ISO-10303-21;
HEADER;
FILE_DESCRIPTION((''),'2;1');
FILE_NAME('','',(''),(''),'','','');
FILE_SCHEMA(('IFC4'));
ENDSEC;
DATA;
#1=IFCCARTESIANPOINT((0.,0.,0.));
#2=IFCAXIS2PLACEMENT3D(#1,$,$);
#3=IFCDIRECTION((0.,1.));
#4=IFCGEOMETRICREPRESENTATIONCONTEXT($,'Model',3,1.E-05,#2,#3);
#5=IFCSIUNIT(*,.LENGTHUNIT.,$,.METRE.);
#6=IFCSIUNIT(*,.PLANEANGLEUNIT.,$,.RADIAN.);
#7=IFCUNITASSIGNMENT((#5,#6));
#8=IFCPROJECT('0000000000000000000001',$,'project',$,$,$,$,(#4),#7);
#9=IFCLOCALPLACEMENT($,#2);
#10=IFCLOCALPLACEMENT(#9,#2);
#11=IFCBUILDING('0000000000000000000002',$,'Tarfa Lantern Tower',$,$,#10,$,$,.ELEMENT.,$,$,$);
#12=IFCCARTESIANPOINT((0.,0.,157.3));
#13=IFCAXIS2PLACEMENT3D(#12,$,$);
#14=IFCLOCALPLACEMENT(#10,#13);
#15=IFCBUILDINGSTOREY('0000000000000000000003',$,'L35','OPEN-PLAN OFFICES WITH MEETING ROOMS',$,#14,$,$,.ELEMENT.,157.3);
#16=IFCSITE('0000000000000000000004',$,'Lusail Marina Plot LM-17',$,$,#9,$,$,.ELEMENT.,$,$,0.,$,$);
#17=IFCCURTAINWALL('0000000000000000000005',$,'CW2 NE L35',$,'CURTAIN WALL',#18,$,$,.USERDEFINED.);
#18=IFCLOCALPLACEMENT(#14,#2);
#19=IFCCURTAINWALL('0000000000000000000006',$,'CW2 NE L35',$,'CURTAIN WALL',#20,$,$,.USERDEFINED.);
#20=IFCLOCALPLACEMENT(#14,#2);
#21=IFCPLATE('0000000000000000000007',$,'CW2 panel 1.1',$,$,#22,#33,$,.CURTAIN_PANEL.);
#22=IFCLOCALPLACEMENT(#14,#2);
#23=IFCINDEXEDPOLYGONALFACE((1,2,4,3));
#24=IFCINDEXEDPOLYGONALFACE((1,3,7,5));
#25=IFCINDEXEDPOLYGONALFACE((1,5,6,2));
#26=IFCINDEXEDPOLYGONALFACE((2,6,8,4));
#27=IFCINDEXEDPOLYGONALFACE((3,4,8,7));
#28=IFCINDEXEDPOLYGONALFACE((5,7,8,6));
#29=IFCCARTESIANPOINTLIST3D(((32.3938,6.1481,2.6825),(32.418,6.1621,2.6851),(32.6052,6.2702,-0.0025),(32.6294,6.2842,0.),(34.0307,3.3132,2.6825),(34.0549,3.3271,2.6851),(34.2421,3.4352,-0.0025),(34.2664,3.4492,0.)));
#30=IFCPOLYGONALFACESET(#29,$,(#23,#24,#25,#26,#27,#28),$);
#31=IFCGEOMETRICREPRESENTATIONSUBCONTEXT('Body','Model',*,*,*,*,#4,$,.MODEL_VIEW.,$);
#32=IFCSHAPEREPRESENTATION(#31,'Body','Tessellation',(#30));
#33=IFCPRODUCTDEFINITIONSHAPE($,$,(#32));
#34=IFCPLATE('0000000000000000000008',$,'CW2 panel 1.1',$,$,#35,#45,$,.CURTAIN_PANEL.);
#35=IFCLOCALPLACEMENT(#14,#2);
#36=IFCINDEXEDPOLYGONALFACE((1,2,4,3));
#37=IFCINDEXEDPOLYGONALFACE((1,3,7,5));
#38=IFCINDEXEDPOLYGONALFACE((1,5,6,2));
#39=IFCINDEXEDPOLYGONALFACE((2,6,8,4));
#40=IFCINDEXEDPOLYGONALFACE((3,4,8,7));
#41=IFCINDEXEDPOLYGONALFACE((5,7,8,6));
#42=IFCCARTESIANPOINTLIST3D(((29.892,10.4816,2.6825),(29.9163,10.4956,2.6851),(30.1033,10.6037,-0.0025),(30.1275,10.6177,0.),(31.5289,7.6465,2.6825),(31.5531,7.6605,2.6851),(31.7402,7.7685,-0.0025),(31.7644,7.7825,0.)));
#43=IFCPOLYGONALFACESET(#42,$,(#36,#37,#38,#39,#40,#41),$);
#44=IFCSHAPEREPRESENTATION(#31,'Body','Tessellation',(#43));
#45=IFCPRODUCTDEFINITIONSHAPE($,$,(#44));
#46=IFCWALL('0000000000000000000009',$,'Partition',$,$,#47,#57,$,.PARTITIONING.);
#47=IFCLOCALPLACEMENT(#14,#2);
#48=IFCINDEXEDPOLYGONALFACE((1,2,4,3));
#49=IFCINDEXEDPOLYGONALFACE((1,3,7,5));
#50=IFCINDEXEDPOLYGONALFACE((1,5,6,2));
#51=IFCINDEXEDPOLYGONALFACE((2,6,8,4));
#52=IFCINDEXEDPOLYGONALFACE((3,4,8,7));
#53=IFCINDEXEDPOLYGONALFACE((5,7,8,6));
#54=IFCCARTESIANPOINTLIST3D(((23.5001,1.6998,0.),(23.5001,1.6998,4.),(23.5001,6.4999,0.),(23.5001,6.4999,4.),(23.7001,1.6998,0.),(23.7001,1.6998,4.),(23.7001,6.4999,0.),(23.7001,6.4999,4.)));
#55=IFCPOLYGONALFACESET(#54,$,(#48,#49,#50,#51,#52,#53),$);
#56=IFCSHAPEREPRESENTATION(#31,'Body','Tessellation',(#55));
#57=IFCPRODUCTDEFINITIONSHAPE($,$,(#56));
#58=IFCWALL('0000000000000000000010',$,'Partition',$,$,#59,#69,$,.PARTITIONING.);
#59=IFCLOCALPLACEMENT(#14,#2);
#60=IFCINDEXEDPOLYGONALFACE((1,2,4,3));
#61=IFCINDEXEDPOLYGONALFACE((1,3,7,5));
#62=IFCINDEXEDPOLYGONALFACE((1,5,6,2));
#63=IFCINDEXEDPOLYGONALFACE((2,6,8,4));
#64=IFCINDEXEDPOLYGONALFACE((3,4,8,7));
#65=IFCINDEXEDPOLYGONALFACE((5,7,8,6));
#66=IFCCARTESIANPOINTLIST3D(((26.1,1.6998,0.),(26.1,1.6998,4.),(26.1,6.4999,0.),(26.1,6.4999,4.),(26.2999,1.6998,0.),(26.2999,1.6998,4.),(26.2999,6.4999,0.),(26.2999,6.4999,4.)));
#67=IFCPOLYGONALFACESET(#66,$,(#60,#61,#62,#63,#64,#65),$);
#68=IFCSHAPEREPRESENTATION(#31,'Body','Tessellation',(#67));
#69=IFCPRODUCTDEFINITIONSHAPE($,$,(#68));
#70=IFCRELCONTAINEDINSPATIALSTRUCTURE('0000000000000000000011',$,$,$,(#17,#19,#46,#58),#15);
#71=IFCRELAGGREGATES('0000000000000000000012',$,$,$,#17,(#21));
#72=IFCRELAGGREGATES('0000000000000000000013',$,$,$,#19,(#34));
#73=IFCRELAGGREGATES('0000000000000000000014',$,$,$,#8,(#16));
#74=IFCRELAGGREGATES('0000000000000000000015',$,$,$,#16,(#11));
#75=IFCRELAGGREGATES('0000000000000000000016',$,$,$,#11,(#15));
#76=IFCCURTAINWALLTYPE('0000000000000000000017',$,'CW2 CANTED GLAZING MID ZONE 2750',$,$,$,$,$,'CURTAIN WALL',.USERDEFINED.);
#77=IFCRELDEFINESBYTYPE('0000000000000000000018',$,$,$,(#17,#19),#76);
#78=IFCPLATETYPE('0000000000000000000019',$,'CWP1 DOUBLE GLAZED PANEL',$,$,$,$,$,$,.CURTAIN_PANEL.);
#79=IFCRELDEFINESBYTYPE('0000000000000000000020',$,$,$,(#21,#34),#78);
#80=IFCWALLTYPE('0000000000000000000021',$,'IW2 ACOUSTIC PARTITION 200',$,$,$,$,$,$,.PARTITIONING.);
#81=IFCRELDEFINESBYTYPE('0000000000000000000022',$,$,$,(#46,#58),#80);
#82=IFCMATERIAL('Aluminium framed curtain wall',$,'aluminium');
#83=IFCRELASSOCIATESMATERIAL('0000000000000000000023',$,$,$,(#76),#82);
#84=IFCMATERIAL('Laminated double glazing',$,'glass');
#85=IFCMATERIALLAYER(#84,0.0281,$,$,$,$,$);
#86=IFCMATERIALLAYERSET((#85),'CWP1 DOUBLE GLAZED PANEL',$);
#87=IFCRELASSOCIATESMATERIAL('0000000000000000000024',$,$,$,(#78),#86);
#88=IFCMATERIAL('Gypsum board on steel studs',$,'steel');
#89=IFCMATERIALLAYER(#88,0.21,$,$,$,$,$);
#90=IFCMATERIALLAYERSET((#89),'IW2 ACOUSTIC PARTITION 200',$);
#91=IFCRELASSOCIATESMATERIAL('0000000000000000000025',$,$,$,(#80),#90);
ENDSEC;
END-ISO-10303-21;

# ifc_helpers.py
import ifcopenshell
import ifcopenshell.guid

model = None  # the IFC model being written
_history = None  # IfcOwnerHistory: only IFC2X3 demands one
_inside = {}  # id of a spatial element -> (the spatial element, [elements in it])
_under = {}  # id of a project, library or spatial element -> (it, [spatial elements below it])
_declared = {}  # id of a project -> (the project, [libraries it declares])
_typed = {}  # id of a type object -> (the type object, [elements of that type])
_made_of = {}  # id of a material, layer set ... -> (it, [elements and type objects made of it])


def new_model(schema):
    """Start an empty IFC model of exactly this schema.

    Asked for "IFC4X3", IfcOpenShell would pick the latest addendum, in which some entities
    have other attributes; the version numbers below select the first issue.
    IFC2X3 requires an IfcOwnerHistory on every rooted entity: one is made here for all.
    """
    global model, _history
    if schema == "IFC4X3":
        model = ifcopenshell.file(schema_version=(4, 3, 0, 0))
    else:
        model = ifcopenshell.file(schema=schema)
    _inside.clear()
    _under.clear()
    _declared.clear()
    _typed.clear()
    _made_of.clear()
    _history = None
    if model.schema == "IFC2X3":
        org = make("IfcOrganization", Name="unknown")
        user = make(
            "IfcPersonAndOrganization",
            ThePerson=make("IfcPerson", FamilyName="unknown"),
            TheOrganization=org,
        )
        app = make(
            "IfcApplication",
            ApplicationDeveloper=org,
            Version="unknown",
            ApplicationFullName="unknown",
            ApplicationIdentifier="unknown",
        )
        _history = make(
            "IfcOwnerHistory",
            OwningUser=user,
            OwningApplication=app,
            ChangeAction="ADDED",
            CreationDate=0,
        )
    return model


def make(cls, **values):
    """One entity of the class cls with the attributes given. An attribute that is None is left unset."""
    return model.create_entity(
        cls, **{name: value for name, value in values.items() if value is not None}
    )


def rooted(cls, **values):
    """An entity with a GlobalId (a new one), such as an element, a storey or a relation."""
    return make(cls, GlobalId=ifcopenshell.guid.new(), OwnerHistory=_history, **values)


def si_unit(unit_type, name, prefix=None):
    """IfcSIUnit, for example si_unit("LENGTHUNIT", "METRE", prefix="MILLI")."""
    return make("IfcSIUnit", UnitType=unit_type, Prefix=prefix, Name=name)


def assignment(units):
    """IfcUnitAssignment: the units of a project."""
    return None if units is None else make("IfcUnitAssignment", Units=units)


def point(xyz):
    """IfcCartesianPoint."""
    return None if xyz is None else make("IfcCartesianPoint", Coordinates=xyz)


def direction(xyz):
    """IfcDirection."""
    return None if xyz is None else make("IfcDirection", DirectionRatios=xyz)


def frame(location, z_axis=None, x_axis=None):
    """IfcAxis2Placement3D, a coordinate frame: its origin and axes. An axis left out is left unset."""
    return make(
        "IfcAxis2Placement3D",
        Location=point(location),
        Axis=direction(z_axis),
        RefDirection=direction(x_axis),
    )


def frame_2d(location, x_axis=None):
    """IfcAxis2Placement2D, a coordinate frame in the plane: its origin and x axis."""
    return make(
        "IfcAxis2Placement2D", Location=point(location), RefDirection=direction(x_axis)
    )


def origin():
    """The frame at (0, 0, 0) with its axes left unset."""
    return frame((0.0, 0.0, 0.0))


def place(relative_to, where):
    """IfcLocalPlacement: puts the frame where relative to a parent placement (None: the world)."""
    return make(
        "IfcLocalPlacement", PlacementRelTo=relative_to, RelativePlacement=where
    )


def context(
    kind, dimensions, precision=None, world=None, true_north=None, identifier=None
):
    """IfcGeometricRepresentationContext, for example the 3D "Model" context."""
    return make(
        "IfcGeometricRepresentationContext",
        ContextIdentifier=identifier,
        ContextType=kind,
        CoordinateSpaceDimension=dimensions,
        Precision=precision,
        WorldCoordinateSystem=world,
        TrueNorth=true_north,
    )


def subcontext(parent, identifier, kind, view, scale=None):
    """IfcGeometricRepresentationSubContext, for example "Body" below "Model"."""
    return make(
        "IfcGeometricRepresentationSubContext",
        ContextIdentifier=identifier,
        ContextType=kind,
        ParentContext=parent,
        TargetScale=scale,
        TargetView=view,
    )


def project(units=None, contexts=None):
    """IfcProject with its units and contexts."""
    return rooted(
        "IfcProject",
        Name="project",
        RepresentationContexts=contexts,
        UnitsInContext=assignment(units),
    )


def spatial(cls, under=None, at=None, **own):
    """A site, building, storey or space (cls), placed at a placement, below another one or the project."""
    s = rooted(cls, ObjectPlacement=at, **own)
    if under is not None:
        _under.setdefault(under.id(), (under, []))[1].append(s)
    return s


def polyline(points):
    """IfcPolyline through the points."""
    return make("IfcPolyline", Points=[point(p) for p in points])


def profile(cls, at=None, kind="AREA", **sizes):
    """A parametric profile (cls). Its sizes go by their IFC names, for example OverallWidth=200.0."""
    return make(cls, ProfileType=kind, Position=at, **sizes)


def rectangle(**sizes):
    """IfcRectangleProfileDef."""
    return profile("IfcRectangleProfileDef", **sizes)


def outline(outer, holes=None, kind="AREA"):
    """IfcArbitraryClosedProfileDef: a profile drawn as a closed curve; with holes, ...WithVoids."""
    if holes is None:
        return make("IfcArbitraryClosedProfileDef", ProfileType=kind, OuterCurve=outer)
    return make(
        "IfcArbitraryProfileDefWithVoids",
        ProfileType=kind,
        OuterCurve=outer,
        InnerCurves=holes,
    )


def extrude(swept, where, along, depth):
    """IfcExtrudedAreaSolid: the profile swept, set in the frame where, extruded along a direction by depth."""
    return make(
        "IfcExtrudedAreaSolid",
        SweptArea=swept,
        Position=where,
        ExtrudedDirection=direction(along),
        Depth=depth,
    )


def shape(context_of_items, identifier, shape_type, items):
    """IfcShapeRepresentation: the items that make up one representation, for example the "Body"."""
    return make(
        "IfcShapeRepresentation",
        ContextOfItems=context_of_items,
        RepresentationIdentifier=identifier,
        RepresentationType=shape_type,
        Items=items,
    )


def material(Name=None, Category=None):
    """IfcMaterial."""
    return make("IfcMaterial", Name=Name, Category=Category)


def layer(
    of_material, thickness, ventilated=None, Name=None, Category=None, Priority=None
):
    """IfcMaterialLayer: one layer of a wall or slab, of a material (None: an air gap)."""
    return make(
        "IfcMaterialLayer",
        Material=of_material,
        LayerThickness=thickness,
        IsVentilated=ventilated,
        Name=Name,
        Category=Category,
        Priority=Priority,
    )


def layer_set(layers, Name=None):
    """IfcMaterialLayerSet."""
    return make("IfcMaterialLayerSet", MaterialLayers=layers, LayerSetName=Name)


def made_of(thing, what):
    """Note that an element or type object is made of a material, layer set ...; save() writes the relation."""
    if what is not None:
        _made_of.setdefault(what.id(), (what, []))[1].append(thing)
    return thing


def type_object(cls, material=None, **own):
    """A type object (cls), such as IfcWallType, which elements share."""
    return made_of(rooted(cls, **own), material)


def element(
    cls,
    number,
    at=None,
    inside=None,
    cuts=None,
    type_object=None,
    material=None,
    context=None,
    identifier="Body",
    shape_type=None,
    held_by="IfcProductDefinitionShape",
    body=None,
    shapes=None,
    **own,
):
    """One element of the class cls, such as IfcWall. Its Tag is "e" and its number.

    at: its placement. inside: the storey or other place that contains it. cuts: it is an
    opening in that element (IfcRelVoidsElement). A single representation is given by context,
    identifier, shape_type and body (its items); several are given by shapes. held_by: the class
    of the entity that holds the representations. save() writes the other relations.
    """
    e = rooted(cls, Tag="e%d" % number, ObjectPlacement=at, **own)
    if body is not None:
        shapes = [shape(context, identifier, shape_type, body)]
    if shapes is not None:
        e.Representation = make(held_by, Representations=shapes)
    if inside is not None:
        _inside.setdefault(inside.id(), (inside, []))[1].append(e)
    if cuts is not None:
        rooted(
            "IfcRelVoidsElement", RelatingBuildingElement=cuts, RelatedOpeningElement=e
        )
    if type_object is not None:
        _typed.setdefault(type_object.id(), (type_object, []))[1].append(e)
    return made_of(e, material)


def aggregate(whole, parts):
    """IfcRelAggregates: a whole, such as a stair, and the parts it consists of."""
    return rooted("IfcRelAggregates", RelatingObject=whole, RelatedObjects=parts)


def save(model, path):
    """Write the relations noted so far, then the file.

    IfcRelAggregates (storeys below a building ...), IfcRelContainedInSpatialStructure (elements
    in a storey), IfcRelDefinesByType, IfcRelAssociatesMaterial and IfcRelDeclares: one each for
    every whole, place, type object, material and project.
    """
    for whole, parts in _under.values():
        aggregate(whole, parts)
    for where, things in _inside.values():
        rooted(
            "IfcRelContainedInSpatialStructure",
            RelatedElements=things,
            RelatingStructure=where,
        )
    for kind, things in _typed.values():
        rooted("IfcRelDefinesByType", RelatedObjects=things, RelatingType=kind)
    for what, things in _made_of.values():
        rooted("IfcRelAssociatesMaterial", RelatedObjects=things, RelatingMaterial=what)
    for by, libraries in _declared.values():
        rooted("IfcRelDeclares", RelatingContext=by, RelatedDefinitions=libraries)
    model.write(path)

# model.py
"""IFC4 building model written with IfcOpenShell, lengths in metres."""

from ifc_helpers import new_model, si_unit, direction, frame, frame_2d, origin, place, context, subcontext, project, spatial, polyline, rectangle, outline, extrude, material, layer, layer_set, type_object, element, aggregate, save


model = new_model("IFC4")

# Units and contexts
model_context = context("Model", 3, precision=1e-05, world=origin(), true_north=direction((0.0, 1.0)))
body_context = subcontext(model_context, "Body", "Model", "MODEL_VIEW")
ifc_project = project(units=[si_unit("LENGTHUNIT", "METRE"), si_unit("PLANEANGLEUNIT", "RADIAN")], contexts=[model_context])

# Site, building, storey
site_placement = place(None, origin())
site = spatial("IfcSite", under=ifc_project, at=site_placement, Name="Lusail Marina Plot LM-17", CompositionType="ELEMENT", RefElevation=0.0)
building_placement = place(site_placement, origin())
building = spatial("IfcBuilding", under=site, at=building_placement, Name="Tarfa Lantern Tower", CompositionType="ELEMENT")
storey_placement = place(building_placement, frame((0.0, 0.0, 157.3)))
storey = spatial("IfcBuildingStorey", under=building, at=storey_placement, Name="L35", Description="OPEN-PLAN OFFICES WITH MEETING ROOMS", CompositionType="ELEMENT", Elevation=157.3)

# Curtain walls
ifc_material_1 = material(Name="Aluminium framed curtain wall", Category="aluminium")
curtain_wall_type_1 = type_object("IfcCurtainWallType", Name="CW2 CANTED GLAZING MID ZONE 2750", ElementType="CURTAIN WALL", PredefinedType="USERDEFINED", material=ifc_material_1)
curtain_wall_1_placement = place(storey_placement, origin())
curtain_wall_1 = element("IfcCurtainWall", 1, at=curtain_wall_1_placement, inside=storey, type_object=curtain_wall_type_1, Name="CW2 NE L35", ObjectType="CURTAIN WALL", PredefinedType="USERDEFINED")
curtain_wall_2_placement = place(storey_placement, origin())
curtain_wall_2 = element("IfcCurtainWall", 2, at=curtain_wall_2_placement, inside=storey, type_object=curtain_wall_type_1, Name="CW2 NE L35", ObjectType="CURTAIN WALL", PredefinedType="USERDEFINED")

# Plates
ifc_material_2 = material(Name="Laminated double glazing", Category="glass")
ifc_layer_1 = layer(ifc_material_2, 0.0281)
ifc_layer_set_1 = layer_set([ifc_layer_1], Name="CWP1 DOUBLE GLAZED PANEL")
plate_type = type_object("IfcPlateType", Name="CWP1 DOUBLE GLAZED PANEL", PredefinedType="CURTAIN_PANEL", material=ifc_layer_set_1)
plate_1_placement = place(storey_placement, frame((34.2664, 3.4492, 0.0), z_axis=(0.862442, 0.497991, 0.09055), x_axis=(-0.500045, 0.865999, 0.0)))
plate_1 = element("IfcPlate", 3, at=plate_1_placement, type_object=plate_type, Name="CW2 panel 1.1", PredefinedType="CURTAIN_PANEL", context=body_context, shape_type="SweptSolid", body=[
    extrude(outline(polyline([(0.0, 0.0), (3.2736, 0.0), (3.2736, 2.6961), (0.0, 2.6961), (0.0, 0.0)])), origin(), (0.0, 0.0, -1.0), 0.0281),
])
aggregate(curtain_wall_1, [plate_1])
plate_2_placement = place(storey_placement, frame((31.7644, 7.7825, 0.0), z_axis=(0.862479, 0.497933, 0.090511), x_axis=(-0.499985, 0.866034, 0.000003)))
plate_2 = element("IfcPlate", 4, at=plate_2_placement, type_object=plate_type, Name="CW2 panel 1.1", PredefinedType="CURTAIN_PANEL", context=body_context, shape_type="SweptSolid", body=[
    extrude(outline(polyline([(0.0, 0.0), (3.2738, 0.0), (3.2737, 2.6961), (0.0, 2.6961), (0.0, 0.0)])), origin(), (0.0, 0.0, -1.0), 0.0281),
])
aggregate(curtain_wall_2, [plate_2])

# Walls
ifc_material_3 = material(Name="Gypsum board on steel studs", Category="steel")
ifc_layer_2 = layer(ifc_material_3, 0.21)
ifc_layer_set_2 = layer_set([ifc_layer_2], Name="IW2 ACOUSTIC PARTITION 200")
wall_type = type_object("IfcWallType", Name="IW2 ACOUSTIC PARTITION 200", PredefinedType="PARTITIONING", material=ifc_layer_set_2)
for number, where, z_axis, x_axis, name in (
    (5, (23.6001, 1.7, 0.0), (0.0, 0.0, 1.0), (0.0, 1.0, 0.0), "Partition"),
    (6, (26.2, 1.7, 0.0), (0.0, 0.0, 1.0), (0.0, 1.0, 0.0), "Partition"),
):
    element("IfcWall", number, at=place(storey_placement, frame(where, z_axis=z_axis, x_axis=x_axis)), inside=storey, type_object=wall_type, Name=name, PredefinedType="PARTITIONING", context=body_context, shape_type="SweptSolid", body=[
        extrude(rectangle(XDim=4.8, YDim=0.2, at=frame_2d((2.3999, 0.0))), origin(), (0.0, 0.0, 1.0), 4.0),
    ])

save(model, "model.ifc")
